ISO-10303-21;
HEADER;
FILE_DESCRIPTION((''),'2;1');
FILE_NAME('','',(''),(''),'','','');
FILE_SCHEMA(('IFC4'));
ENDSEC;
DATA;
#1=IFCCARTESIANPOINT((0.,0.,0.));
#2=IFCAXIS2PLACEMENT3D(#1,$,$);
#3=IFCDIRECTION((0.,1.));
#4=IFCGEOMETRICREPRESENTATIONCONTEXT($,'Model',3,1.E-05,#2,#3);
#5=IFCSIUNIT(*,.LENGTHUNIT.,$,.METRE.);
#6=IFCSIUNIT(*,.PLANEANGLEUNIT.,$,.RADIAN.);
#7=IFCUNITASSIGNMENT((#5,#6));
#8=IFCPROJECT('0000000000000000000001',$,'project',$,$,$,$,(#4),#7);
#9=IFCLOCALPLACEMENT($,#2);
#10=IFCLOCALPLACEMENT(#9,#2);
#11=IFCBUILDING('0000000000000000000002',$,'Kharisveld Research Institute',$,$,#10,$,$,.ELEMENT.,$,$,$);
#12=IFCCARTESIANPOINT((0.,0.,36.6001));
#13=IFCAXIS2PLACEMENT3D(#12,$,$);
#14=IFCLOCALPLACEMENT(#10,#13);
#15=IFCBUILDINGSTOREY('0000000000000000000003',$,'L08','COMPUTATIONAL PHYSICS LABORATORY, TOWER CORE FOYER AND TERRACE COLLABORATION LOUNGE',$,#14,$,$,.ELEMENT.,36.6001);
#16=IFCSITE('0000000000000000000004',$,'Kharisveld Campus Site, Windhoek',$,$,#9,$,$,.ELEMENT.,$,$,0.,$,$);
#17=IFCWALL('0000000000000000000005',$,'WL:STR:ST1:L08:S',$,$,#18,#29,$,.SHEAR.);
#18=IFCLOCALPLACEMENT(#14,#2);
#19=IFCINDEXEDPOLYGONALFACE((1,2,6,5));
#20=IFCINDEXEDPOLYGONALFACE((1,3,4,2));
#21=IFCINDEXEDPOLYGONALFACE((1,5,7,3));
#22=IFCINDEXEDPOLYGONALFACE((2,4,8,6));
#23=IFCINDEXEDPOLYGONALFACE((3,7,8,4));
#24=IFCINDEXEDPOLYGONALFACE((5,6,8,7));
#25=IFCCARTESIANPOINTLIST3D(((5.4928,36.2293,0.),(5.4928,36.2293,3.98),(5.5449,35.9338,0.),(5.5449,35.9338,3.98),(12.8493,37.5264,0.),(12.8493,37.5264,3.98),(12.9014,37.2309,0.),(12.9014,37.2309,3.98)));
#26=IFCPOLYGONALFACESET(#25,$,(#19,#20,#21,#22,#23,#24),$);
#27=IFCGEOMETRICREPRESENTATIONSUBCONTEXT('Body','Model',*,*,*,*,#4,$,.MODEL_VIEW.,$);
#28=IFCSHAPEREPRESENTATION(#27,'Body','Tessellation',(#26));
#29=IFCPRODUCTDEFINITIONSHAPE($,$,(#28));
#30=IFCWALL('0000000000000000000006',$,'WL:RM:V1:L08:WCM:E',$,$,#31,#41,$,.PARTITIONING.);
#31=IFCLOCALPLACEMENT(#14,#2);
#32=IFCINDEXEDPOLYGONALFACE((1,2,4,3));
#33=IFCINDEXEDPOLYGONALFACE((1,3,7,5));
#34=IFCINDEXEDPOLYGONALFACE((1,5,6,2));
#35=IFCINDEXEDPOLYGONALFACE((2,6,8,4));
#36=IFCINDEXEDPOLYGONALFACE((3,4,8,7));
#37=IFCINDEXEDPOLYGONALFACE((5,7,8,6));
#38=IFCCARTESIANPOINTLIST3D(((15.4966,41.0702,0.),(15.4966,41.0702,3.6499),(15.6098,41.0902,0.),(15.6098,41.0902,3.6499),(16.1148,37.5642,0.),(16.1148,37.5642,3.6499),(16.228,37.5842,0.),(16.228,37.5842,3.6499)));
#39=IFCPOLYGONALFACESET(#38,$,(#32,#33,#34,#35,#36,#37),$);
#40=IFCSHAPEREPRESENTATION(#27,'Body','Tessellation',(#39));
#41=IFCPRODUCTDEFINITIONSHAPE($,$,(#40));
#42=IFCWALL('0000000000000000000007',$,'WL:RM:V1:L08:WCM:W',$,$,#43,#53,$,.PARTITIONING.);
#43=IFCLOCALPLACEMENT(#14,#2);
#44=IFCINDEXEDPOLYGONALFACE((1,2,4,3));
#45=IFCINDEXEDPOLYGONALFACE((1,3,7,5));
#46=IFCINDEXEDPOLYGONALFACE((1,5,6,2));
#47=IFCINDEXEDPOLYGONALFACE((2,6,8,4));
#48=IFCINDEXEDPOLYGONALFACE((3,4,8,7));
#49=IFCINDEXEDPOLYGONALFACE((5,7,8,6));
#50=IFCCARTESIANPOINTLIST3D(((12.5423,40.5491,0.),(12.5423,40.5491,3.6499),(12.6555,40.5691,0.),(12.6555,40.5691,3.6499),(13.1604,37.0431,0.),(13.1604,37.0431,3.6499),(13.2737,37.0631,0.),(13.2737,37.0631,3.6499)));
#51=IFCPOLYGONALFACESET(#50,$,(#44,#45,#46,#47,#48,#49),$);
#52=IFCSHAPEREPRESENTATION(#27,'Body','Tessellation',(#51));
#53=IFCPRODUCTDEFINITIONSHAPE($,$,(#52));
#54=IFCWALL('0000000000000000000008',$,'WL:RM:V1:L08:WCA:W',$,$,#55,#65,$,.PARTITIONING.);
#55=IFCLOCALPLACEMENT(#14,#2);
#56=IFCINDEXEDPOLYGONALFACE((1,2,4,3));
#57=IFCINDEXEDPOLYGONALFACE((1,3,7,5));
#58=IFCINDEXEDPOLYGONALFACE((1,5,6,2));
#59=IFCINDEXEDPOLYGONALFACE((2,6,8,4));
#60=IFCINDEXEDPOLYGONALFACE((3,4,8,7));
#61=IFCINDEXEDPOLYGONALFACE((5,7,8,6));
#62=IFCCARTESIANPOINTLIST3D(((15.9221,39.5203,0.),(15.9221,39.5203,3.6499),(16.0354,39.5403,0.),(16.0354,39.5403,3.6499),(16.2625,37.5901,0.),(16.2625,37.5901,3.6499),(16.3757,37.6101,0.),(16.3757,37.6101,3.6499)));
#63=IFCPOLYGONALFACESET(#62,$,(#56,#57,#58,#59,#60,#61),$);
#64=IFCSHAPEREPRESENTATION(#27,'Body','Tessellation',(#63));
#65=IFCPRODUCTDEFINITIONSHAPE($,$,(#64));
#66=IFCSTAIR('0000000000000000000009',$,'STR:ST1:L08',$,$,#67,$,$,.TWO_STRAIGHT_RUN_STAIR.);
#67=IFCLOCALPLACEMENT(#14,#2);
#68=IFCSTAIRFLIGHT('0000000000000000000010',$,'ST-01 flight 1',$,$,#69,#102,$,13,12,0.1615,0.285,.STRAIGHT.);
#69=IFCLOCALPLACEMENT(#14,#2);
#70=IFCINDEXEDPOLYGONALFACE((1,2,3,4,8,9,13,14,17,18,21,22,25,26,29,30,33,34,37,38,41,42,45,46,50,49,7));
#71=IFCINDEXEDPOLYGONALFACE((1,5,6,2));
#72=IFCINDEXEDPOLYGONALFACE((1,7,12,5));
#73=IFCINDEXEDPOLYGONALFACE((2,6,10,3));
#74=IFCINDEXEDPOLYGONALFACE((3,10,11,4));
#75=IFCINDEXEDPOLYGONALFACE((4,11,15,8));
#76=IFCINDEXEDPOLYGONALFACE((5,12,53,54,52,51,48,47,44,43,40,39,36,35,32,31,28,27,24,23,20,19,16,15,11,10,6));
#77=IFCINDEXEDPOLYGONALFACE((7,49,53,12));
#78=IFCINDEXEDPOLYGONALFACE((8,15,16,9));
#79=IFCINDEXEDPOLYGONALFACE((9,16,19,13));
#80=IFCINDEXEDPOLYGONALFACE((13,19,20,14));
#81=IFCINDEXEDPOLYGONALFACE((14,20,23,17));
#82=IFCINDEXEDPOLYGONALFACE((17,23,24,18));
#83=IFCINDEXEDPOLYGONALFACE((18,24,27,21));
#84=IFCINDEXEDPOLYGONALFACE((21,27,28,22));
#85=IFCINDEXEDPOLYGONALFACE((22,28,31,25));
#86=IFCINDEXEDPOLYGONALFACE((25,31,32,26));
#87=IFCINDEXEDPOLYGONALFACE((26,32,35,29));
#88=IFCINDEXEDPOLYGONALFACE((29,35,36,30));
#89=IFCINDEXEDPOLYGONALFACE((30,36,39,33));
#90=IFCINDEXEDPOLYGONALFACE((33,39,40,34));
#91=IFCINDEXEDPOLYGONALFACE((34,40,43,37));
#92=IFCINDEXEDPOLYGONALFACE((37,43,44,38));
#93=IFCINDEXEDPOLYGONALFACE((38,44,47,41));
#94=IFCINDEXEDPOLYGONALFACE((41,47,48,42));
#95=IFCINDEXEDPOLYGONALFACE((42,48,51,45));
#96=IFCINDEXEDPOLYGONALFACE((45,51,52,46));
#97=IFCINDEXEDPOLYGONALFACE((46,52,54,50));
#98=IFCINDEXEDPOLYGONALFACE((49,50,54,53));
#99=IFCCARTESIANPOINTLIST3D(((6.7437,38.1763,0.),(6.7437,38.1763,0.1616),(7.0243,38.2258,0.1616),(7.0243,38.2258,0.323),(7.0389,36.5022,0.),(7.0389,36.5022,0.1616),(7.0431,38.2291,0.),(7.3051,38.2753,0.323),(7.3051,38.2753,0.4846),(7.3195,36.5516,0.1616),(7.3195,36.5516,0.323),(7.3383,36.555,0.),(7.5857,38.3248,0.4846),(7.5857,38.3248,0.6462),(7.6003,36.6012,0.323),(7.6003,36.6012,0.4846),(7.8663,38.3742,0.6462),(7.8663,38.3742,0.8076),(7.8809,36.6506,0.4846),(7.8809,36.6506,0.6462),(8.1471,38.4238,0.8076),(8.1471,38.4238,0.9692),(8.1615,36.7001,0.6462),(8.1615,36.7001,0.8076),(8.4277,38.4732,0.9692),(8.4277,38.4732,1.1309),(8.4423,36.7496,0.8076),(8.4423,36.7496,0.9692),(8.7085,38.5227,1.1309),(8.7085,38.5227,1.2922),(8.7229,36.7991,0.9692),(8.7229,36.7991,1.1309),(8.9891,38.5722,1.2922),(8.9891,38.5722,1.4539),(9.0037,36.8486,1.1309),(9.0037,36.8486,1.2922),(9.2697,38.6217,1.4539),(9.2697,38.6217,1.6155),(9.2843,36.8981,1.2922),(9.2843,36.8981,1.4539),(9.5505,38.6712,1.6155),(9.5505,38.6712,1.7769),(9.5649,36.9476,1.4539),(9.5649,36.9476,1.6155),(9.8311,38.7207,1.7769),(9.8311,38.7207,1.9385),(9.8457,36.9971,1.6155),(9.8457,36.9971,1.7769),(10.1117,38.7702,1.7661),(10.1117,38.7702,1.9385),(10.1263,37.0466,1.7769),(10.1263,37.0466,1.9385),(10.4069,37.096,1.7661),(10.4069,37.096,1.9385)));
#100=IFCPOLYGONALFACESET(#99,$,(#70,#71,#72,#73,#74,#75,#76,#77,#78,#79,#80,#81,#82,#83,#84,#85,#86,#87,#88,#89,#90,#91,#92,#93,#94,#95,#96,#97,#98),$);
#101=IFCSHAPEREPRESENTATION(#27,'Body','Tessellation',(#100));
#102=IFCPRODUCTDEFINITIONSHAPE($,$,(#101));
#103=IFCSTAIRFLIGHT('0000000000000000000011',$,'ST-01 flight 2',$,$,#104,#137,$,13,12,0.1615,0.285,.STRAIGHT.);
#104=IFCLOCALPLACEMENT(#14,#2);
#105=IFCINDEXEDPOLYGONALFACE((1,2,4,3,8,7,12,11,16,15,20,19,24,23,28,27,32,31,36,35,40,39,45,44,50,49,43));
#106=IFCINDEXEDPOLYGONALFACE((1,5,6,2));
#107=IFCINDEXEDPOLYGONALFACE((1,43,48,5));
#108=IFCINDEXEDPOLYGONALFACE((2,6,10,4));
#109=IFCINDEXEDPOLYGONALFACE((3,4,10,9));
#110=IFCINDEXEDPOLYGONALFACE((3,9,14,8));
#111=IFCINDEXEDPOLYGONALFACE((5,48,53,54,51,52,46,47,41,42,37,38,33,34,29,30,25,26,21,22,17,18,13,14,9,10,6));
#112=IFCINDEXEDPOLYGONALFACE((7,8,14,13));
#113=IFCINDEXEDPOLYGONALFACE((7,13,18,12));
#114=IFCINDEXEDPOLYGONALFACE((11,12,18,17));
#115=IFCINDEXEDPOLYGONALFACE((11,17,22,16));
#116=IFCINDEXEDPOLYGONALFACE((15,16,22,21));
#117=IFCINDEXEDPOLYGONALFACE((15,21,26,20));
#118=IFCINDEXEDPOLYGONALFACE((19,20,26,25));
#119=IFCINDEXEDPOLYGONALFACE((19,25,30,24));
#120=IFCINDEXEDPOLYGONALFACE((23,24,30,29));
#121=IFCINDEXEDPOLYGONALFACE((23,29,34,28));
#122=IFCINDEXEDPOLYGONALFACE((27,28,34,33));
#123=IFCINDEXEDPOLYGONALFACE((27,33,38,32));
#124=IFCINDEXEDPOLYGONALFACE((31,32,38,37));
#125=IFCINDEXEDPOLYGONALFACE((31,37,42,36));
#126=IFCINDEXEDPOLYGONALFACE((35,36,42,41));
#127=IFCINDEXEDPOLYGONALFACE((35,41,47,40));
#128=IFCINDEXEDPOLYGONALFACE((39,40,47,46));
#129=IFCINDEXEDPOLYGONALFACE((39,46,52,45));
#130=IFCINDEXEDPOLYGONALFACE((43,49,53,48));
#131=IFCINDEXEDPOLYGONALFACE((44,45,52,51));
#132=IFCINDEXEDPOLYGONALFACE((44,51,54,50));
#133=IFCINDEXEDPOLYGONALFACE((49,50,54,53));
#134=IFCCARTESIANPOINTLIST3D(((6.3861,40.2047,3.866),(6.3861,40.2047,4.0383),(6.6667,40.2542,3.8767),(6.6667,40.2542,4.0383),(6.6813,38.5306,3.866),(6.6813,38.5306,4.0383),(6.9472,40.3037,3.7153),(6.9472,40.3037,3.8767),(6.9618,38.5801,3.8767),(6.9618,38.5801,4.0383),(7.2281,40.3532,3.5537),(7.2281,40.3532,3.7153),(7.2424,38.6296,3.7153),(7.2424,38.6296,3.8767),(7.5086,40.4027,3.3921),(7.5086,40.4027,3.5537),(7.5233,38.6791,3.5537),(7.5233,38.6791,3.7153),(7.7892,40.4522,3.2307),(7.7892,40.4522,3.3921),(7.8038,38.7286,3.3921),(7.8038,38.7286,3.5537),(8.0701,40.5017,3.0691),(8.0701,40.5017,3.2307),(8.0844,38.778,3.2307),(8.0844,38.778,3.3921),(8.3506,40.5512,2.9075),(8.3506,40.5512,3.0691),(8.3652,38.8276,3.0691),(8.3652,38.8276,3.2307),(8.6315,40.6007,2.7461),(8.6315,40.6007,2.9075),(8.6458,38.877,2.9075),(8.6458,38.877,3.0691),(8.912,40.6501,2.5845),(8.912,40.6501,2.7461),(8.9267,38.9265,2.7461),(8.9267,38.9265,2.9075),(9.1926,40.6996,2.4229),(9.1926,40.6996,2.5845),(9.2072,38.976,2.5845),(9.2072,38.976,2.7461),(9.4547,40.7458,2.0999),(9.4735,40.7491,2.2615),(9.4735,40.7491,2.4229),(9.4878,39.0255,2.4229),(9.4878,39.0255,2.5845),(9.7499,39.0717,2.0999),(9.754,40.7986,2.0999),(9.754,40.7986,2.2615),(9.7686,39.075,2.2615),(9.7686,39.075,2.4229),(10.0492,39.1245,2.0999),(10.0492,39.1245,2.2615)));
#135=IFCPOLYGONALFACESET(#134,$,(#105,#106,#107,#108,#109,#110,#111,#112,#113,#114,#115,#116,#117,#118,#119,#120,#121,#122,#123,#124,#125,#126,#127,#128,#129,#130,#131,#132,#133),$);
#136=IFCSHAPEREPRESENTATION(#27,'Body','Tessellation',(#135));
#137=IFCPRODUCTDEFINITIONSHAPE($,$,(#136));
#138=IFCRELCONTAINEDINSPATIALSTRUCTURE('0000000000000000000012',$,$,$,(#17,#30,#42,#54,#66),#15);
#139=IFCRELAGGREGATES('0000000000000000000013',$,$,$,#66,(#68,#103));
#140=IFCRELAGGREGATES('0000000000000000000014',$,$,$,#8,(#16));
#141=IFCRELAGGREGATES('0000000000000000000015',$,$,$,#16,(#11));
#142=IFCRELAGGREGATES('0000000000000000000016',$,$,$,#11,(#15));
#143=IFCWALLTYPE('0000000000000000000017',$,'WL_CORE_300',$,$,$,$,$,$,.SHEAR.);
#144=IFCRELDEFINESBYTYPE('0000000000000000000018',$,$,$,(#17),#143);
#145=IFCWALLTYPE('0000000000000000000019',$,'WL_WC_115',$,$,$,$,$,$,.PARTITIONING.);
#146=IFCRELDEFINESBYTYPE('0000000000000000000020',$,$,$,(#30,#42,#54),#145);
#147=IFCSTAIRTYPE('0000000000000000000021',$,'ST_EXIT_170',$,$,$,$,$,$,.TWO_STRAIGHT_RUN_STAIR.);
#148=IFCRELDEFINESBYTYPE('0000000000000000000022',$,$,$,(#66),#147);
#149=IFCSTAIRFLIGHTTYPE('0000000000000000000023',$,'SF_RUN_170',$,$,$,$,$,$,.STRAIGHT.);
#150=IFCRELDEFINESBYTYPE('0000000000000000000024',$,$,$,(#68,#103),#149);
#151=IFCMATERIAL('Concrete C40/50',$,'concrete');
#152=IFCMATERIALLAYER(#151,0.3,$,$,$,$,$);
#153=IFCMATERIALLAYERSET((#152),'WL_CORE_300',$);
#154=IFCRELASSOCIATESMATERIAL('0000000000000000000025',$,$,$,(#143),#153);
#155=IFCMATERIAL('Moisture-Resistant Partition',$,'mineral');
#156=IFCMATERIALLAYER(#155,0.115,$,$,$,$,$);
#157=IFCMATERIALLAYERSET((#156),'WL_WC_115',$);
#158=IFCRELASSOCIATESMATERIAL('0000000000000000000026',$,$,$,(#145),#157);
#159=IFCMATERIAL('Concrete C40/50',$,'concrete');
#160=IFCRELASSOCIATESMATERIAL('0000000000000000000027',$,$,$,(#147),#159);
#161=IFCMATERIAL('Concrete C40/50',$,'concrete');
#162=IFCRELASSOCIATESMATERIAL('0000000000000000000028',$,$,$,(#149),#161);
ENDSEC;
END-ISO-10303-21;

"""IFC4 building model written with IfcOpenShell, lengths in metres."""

from ifc_helpers import new_model, si_unit, direction, frame, frame_2d, origin, place, context, subcontext, project, spatial, polyline, rectangle, outline, extrude, material, layer, layer_set, type_object, element, aggregate, save


model = new_model("IFC4")

# Units and contexts
model_context = context("Model", 3, precision=1e-05, world=origin(), true_north=direction((0.0, 1.0)))
body_context = subcontext(model_context, "Body", "Model", "MODEL_VIEW")
ifc_project = project(units=[si_unit("LENGTHUNIT", "METRE"), si_unit("PLANEANGLEUNIT", "RADIAN")], contexts=[model_context])

# Site, building, storey
site_placement = place(None, origin())
site = spatial("IfcSite", under=ifc_project, at=site_placement, Name="Kharisveld Campus Site, Windhoek", CompositionType="ELEMENT", RefElevation=0.0)
building_placement = place(site_placement, origin())
building = spatial("IfcBuilding", under=site, at=building_placement, Name="Kharisveld Research Institute", CompositionType="ELEMENT")
storey_placement = place(building_placement, frame((0.0, 0.0, 36.6001)))
storey = spatial("IfcBuildingStorey", under=building, at=storey_placement, Name="L08", Description="COMPUTATIONAL PHYSICS LABORATORY, TOWER CORE FOYER AND TERRACE COLLABORATION LOUNGE", CompositionType="ELEMENT", Elevation=36.6001)

# Shared definitions
ifc_material_1 = material(Name="Concrete C40/50", Category="concrete")
ifc_layer_1 = layer(ifc_material_1, 0.3)
ifc_layer_set_1 = layer_set([ifc_layer_1], Name="WL_CORE_300")
wall_type_1 = type_object("IfcWallType", Name="WL_CORE_300", PredefinedType="SHEAR", material=ifc_layer_set_1)

# Walls
wall_1_placement = place(storey_placement, frame((12.8752, 37.3787, 0.0), z_axis=(0.0, 0.0, 1.0), x_axis=(-0.984808, -0.173645, 0.0)))
element("IfcWall", 1, at=wall_1_placement, inside=storey, type_object=wall_type_1, Name="WL:STR:ST1:L08:S", PredefinedType="SHEAR", context=body_context, shape_type="SweptSolid", body=[
    extrude(rectangle(XDim=7.47, YDim=0.3, at=frame_2d((3.7349, 0.0))), origin(), (0.0, 0.0, 1.0), 3.98),
])
ifc_material_2 = material(Name="Moisture-Resistant Partition", Category="mineral")
ifc_layer_2 = layer(ifc_material_2, 0.115)
ifc_layer_set_2 = layer_set([ifc_layer_2], Name="WL_WC_115")
wall_type_2 = type_object("IfcWallType", Name="WL_WC_115", PredefinedType="PARTITIONING", material=ifc_layer_set_2)
for number, where, z_axis, x_axis, name in (
    (2, (16.1714, 37.5742, 0.0), (0.0, 0.0, 1.0), (-0.173644, 0.984808, 0.0), "WL:RM:V1:L08:WCM:E"),
    (3, (12.5989, 40.5591, 0.0), (0.0, 0.0, 1.0), (0.173644, -0.984808, 0.0), "WL:RM:V1:L08:WCM:W"),
):
    element("IfcWall", number, at=place(storey_placement, frame(where, z_axis=z_axis, x_axis=x_axis)), inside=storey, type_object=wall_type_2, Name=name, PredefinedType="PARTITIONING", context=body_context, shape_type="SweptSolid", body=[
        extrude(rectangle(XDim=3.5601, YDim=0.115, at=frame_2d((1.78, 0.0))), origin(), (0.0, 0.0, 1.0), 3.6499),
    ])
wall_2_placement = place(storey_placement, frame((15.9788, 39.5303, 0.0), z_axis=(0.0, 0.0, 1.0), x_axis=(0.173643, -0.984809, 0.0)))
element("IfcWall", 4, at=wall_2_placement, inside=storey, type_object=wall_type_2, Name="WL:RM:V1:L08:WCA:W", PredefinedType="PARTITIONING", context=body_context, shape_type="SweptSolid", body=[
    extrude(rectangle(XDim=1.96, YDim=0.115, at=frame_2d((0.98, 0.0))), origin(), (0.0, 0.0, 1.0), 3.6499),
])

# Stair, stair flights
ifc_material_3 = material(Name="Concrete C40/50", Category="concrete")
stair_type = type_object("IfcStairType", Name="ST_EXIT_170", PredefinedType="TWO_STRAIGHT_RUN_STAIR", material=ifc_material_3)
stair_placement = place(storey_placement, origin())
stair = element("IfcStair", 5, at=stair_placement, inside=storey, type_object=stair_type, Name="STR:ST1:L08", PredefinedType="TWO_STRAIGHT_RUN_STAIR")
ifc_material_4 = material(Name="Concrete C40/50", Category="concrete")
stair_flight_type = type_object("IfcStairFlightType", Name="SF_RUN_170", PredefinedType="STRAIGHT", material=ifc_material_4)
stair_flight_1_placement = place(storey_placement, frame((6.8914, 37.3391, 0.0), z_axis=(0.0, 0.0, 1.0), x_axis=(0.984808, 0.173648, 0.0)))
stair_flight_1 = element("IfcStairFlight", 6, at=stair_flight_1_placement, type_object=stair_flight_type, Name="ST-01 flight 1", NumberOfRisers=13, NumberOfTreads=12, PredefinedType="STRAIGHT", RiserHeight=0.1615, TreadLength=0.285, context=body_context, shape_type="SweptSolid", body=[
    extrude(outline(polyline([(0.0, 0.0), (0.0, 0.1616), (0.2849, 0.1616), (0.2849, 0.323), (0.5701, 0.323), (0.5701, 0.4846), (0.855, 0.4846), (0.855, 0.6462), (1.1399, 0.6462), (1.1399, 0.8076), (1.425, 0.8076), (1.425, 0.9692), (1.71, 0.9692), (1.71, 1.1309), (1.9951, 1.1309), (1.9951, 1.2922), (2.28, 1.2922), (2.28, 1.4539), (2.5649, 1.4539), (2.5649, 1.6155), (2.8501, 1.6155), (2.8501, 1.7769), (3.135, 1.7769), (3.135, 1.9385), (3.4199, 1.9385), (3.4199, 2.1001), (3.4199, 1.7661), (0.304, 0.0), (0.0, 0.0)])), frame((0.0, 0.8501, 0.0), z_axis=(0.0, -1.0, 0.0), x_axis=(1.0, 0.0, 0.0)), (0.0, 0.0, 1.0), 1.7),
])
stair_flight_2_placement = place(storey_placement, frame((9.9016, 39.9617, 2.0999), z_axis=(0.0, 0.0, 1.0), x_axis=(-0.984808, -0.173648, 0.0)))
stair_flight_2 = element("IfcStairFlight", 7, at=stair_flight_2_placement, type_object=stair_flight_type, Name="ST-01 flight 2", NumberOfRisers=13, NumberOfTreads=12, PredefinedType="STRAIGHT", RiserHeight=0.1615, TreadLength=0.285, context=body_context, shape_type="SweptSolid", body=[
    extrude(outline(polyline([(0.0, 0.0), (0.0, 0.1616), (0.2849, 0.1616), (0.2849, 0.323), (0.5701, 0.323), (0.5701, 0.4846), (0.855, 0.4846), (0.855, 0.6462), (1.1399, 0.6462), (1.1399, 0.8076), (1.425, 0.8076), (1.425, 0.9692), (1.71, 0.9692), (1.71, 1.1309), (1.9951, 1.1309), (1.9951, 1.2922), (2.28, 1.2922), (2.28, 1.4539), (2.5649, 1.4539), (2.5649, 1.6155), (2.8501, 1.6155), (2.8501, 1.7769), (3.135, 1.7769), (3.135, 1.9385), (3.4199, 1.9385), (3.4199, 2.1001), (3.4199, 1.7661), (0.304, 0.0), (0.0, 0.0)])), frame((0.0, 0.8501, 0.0), z_axis=(0.0, -1.0, 0.0), x_axis=(1.0, 0.0, 0.0)), (0.0, 0.0, 1.0), 1.7),
])
aggregate(stair, [stair_flight_1, stair_flight_2])

save(model, "model.ifc")
